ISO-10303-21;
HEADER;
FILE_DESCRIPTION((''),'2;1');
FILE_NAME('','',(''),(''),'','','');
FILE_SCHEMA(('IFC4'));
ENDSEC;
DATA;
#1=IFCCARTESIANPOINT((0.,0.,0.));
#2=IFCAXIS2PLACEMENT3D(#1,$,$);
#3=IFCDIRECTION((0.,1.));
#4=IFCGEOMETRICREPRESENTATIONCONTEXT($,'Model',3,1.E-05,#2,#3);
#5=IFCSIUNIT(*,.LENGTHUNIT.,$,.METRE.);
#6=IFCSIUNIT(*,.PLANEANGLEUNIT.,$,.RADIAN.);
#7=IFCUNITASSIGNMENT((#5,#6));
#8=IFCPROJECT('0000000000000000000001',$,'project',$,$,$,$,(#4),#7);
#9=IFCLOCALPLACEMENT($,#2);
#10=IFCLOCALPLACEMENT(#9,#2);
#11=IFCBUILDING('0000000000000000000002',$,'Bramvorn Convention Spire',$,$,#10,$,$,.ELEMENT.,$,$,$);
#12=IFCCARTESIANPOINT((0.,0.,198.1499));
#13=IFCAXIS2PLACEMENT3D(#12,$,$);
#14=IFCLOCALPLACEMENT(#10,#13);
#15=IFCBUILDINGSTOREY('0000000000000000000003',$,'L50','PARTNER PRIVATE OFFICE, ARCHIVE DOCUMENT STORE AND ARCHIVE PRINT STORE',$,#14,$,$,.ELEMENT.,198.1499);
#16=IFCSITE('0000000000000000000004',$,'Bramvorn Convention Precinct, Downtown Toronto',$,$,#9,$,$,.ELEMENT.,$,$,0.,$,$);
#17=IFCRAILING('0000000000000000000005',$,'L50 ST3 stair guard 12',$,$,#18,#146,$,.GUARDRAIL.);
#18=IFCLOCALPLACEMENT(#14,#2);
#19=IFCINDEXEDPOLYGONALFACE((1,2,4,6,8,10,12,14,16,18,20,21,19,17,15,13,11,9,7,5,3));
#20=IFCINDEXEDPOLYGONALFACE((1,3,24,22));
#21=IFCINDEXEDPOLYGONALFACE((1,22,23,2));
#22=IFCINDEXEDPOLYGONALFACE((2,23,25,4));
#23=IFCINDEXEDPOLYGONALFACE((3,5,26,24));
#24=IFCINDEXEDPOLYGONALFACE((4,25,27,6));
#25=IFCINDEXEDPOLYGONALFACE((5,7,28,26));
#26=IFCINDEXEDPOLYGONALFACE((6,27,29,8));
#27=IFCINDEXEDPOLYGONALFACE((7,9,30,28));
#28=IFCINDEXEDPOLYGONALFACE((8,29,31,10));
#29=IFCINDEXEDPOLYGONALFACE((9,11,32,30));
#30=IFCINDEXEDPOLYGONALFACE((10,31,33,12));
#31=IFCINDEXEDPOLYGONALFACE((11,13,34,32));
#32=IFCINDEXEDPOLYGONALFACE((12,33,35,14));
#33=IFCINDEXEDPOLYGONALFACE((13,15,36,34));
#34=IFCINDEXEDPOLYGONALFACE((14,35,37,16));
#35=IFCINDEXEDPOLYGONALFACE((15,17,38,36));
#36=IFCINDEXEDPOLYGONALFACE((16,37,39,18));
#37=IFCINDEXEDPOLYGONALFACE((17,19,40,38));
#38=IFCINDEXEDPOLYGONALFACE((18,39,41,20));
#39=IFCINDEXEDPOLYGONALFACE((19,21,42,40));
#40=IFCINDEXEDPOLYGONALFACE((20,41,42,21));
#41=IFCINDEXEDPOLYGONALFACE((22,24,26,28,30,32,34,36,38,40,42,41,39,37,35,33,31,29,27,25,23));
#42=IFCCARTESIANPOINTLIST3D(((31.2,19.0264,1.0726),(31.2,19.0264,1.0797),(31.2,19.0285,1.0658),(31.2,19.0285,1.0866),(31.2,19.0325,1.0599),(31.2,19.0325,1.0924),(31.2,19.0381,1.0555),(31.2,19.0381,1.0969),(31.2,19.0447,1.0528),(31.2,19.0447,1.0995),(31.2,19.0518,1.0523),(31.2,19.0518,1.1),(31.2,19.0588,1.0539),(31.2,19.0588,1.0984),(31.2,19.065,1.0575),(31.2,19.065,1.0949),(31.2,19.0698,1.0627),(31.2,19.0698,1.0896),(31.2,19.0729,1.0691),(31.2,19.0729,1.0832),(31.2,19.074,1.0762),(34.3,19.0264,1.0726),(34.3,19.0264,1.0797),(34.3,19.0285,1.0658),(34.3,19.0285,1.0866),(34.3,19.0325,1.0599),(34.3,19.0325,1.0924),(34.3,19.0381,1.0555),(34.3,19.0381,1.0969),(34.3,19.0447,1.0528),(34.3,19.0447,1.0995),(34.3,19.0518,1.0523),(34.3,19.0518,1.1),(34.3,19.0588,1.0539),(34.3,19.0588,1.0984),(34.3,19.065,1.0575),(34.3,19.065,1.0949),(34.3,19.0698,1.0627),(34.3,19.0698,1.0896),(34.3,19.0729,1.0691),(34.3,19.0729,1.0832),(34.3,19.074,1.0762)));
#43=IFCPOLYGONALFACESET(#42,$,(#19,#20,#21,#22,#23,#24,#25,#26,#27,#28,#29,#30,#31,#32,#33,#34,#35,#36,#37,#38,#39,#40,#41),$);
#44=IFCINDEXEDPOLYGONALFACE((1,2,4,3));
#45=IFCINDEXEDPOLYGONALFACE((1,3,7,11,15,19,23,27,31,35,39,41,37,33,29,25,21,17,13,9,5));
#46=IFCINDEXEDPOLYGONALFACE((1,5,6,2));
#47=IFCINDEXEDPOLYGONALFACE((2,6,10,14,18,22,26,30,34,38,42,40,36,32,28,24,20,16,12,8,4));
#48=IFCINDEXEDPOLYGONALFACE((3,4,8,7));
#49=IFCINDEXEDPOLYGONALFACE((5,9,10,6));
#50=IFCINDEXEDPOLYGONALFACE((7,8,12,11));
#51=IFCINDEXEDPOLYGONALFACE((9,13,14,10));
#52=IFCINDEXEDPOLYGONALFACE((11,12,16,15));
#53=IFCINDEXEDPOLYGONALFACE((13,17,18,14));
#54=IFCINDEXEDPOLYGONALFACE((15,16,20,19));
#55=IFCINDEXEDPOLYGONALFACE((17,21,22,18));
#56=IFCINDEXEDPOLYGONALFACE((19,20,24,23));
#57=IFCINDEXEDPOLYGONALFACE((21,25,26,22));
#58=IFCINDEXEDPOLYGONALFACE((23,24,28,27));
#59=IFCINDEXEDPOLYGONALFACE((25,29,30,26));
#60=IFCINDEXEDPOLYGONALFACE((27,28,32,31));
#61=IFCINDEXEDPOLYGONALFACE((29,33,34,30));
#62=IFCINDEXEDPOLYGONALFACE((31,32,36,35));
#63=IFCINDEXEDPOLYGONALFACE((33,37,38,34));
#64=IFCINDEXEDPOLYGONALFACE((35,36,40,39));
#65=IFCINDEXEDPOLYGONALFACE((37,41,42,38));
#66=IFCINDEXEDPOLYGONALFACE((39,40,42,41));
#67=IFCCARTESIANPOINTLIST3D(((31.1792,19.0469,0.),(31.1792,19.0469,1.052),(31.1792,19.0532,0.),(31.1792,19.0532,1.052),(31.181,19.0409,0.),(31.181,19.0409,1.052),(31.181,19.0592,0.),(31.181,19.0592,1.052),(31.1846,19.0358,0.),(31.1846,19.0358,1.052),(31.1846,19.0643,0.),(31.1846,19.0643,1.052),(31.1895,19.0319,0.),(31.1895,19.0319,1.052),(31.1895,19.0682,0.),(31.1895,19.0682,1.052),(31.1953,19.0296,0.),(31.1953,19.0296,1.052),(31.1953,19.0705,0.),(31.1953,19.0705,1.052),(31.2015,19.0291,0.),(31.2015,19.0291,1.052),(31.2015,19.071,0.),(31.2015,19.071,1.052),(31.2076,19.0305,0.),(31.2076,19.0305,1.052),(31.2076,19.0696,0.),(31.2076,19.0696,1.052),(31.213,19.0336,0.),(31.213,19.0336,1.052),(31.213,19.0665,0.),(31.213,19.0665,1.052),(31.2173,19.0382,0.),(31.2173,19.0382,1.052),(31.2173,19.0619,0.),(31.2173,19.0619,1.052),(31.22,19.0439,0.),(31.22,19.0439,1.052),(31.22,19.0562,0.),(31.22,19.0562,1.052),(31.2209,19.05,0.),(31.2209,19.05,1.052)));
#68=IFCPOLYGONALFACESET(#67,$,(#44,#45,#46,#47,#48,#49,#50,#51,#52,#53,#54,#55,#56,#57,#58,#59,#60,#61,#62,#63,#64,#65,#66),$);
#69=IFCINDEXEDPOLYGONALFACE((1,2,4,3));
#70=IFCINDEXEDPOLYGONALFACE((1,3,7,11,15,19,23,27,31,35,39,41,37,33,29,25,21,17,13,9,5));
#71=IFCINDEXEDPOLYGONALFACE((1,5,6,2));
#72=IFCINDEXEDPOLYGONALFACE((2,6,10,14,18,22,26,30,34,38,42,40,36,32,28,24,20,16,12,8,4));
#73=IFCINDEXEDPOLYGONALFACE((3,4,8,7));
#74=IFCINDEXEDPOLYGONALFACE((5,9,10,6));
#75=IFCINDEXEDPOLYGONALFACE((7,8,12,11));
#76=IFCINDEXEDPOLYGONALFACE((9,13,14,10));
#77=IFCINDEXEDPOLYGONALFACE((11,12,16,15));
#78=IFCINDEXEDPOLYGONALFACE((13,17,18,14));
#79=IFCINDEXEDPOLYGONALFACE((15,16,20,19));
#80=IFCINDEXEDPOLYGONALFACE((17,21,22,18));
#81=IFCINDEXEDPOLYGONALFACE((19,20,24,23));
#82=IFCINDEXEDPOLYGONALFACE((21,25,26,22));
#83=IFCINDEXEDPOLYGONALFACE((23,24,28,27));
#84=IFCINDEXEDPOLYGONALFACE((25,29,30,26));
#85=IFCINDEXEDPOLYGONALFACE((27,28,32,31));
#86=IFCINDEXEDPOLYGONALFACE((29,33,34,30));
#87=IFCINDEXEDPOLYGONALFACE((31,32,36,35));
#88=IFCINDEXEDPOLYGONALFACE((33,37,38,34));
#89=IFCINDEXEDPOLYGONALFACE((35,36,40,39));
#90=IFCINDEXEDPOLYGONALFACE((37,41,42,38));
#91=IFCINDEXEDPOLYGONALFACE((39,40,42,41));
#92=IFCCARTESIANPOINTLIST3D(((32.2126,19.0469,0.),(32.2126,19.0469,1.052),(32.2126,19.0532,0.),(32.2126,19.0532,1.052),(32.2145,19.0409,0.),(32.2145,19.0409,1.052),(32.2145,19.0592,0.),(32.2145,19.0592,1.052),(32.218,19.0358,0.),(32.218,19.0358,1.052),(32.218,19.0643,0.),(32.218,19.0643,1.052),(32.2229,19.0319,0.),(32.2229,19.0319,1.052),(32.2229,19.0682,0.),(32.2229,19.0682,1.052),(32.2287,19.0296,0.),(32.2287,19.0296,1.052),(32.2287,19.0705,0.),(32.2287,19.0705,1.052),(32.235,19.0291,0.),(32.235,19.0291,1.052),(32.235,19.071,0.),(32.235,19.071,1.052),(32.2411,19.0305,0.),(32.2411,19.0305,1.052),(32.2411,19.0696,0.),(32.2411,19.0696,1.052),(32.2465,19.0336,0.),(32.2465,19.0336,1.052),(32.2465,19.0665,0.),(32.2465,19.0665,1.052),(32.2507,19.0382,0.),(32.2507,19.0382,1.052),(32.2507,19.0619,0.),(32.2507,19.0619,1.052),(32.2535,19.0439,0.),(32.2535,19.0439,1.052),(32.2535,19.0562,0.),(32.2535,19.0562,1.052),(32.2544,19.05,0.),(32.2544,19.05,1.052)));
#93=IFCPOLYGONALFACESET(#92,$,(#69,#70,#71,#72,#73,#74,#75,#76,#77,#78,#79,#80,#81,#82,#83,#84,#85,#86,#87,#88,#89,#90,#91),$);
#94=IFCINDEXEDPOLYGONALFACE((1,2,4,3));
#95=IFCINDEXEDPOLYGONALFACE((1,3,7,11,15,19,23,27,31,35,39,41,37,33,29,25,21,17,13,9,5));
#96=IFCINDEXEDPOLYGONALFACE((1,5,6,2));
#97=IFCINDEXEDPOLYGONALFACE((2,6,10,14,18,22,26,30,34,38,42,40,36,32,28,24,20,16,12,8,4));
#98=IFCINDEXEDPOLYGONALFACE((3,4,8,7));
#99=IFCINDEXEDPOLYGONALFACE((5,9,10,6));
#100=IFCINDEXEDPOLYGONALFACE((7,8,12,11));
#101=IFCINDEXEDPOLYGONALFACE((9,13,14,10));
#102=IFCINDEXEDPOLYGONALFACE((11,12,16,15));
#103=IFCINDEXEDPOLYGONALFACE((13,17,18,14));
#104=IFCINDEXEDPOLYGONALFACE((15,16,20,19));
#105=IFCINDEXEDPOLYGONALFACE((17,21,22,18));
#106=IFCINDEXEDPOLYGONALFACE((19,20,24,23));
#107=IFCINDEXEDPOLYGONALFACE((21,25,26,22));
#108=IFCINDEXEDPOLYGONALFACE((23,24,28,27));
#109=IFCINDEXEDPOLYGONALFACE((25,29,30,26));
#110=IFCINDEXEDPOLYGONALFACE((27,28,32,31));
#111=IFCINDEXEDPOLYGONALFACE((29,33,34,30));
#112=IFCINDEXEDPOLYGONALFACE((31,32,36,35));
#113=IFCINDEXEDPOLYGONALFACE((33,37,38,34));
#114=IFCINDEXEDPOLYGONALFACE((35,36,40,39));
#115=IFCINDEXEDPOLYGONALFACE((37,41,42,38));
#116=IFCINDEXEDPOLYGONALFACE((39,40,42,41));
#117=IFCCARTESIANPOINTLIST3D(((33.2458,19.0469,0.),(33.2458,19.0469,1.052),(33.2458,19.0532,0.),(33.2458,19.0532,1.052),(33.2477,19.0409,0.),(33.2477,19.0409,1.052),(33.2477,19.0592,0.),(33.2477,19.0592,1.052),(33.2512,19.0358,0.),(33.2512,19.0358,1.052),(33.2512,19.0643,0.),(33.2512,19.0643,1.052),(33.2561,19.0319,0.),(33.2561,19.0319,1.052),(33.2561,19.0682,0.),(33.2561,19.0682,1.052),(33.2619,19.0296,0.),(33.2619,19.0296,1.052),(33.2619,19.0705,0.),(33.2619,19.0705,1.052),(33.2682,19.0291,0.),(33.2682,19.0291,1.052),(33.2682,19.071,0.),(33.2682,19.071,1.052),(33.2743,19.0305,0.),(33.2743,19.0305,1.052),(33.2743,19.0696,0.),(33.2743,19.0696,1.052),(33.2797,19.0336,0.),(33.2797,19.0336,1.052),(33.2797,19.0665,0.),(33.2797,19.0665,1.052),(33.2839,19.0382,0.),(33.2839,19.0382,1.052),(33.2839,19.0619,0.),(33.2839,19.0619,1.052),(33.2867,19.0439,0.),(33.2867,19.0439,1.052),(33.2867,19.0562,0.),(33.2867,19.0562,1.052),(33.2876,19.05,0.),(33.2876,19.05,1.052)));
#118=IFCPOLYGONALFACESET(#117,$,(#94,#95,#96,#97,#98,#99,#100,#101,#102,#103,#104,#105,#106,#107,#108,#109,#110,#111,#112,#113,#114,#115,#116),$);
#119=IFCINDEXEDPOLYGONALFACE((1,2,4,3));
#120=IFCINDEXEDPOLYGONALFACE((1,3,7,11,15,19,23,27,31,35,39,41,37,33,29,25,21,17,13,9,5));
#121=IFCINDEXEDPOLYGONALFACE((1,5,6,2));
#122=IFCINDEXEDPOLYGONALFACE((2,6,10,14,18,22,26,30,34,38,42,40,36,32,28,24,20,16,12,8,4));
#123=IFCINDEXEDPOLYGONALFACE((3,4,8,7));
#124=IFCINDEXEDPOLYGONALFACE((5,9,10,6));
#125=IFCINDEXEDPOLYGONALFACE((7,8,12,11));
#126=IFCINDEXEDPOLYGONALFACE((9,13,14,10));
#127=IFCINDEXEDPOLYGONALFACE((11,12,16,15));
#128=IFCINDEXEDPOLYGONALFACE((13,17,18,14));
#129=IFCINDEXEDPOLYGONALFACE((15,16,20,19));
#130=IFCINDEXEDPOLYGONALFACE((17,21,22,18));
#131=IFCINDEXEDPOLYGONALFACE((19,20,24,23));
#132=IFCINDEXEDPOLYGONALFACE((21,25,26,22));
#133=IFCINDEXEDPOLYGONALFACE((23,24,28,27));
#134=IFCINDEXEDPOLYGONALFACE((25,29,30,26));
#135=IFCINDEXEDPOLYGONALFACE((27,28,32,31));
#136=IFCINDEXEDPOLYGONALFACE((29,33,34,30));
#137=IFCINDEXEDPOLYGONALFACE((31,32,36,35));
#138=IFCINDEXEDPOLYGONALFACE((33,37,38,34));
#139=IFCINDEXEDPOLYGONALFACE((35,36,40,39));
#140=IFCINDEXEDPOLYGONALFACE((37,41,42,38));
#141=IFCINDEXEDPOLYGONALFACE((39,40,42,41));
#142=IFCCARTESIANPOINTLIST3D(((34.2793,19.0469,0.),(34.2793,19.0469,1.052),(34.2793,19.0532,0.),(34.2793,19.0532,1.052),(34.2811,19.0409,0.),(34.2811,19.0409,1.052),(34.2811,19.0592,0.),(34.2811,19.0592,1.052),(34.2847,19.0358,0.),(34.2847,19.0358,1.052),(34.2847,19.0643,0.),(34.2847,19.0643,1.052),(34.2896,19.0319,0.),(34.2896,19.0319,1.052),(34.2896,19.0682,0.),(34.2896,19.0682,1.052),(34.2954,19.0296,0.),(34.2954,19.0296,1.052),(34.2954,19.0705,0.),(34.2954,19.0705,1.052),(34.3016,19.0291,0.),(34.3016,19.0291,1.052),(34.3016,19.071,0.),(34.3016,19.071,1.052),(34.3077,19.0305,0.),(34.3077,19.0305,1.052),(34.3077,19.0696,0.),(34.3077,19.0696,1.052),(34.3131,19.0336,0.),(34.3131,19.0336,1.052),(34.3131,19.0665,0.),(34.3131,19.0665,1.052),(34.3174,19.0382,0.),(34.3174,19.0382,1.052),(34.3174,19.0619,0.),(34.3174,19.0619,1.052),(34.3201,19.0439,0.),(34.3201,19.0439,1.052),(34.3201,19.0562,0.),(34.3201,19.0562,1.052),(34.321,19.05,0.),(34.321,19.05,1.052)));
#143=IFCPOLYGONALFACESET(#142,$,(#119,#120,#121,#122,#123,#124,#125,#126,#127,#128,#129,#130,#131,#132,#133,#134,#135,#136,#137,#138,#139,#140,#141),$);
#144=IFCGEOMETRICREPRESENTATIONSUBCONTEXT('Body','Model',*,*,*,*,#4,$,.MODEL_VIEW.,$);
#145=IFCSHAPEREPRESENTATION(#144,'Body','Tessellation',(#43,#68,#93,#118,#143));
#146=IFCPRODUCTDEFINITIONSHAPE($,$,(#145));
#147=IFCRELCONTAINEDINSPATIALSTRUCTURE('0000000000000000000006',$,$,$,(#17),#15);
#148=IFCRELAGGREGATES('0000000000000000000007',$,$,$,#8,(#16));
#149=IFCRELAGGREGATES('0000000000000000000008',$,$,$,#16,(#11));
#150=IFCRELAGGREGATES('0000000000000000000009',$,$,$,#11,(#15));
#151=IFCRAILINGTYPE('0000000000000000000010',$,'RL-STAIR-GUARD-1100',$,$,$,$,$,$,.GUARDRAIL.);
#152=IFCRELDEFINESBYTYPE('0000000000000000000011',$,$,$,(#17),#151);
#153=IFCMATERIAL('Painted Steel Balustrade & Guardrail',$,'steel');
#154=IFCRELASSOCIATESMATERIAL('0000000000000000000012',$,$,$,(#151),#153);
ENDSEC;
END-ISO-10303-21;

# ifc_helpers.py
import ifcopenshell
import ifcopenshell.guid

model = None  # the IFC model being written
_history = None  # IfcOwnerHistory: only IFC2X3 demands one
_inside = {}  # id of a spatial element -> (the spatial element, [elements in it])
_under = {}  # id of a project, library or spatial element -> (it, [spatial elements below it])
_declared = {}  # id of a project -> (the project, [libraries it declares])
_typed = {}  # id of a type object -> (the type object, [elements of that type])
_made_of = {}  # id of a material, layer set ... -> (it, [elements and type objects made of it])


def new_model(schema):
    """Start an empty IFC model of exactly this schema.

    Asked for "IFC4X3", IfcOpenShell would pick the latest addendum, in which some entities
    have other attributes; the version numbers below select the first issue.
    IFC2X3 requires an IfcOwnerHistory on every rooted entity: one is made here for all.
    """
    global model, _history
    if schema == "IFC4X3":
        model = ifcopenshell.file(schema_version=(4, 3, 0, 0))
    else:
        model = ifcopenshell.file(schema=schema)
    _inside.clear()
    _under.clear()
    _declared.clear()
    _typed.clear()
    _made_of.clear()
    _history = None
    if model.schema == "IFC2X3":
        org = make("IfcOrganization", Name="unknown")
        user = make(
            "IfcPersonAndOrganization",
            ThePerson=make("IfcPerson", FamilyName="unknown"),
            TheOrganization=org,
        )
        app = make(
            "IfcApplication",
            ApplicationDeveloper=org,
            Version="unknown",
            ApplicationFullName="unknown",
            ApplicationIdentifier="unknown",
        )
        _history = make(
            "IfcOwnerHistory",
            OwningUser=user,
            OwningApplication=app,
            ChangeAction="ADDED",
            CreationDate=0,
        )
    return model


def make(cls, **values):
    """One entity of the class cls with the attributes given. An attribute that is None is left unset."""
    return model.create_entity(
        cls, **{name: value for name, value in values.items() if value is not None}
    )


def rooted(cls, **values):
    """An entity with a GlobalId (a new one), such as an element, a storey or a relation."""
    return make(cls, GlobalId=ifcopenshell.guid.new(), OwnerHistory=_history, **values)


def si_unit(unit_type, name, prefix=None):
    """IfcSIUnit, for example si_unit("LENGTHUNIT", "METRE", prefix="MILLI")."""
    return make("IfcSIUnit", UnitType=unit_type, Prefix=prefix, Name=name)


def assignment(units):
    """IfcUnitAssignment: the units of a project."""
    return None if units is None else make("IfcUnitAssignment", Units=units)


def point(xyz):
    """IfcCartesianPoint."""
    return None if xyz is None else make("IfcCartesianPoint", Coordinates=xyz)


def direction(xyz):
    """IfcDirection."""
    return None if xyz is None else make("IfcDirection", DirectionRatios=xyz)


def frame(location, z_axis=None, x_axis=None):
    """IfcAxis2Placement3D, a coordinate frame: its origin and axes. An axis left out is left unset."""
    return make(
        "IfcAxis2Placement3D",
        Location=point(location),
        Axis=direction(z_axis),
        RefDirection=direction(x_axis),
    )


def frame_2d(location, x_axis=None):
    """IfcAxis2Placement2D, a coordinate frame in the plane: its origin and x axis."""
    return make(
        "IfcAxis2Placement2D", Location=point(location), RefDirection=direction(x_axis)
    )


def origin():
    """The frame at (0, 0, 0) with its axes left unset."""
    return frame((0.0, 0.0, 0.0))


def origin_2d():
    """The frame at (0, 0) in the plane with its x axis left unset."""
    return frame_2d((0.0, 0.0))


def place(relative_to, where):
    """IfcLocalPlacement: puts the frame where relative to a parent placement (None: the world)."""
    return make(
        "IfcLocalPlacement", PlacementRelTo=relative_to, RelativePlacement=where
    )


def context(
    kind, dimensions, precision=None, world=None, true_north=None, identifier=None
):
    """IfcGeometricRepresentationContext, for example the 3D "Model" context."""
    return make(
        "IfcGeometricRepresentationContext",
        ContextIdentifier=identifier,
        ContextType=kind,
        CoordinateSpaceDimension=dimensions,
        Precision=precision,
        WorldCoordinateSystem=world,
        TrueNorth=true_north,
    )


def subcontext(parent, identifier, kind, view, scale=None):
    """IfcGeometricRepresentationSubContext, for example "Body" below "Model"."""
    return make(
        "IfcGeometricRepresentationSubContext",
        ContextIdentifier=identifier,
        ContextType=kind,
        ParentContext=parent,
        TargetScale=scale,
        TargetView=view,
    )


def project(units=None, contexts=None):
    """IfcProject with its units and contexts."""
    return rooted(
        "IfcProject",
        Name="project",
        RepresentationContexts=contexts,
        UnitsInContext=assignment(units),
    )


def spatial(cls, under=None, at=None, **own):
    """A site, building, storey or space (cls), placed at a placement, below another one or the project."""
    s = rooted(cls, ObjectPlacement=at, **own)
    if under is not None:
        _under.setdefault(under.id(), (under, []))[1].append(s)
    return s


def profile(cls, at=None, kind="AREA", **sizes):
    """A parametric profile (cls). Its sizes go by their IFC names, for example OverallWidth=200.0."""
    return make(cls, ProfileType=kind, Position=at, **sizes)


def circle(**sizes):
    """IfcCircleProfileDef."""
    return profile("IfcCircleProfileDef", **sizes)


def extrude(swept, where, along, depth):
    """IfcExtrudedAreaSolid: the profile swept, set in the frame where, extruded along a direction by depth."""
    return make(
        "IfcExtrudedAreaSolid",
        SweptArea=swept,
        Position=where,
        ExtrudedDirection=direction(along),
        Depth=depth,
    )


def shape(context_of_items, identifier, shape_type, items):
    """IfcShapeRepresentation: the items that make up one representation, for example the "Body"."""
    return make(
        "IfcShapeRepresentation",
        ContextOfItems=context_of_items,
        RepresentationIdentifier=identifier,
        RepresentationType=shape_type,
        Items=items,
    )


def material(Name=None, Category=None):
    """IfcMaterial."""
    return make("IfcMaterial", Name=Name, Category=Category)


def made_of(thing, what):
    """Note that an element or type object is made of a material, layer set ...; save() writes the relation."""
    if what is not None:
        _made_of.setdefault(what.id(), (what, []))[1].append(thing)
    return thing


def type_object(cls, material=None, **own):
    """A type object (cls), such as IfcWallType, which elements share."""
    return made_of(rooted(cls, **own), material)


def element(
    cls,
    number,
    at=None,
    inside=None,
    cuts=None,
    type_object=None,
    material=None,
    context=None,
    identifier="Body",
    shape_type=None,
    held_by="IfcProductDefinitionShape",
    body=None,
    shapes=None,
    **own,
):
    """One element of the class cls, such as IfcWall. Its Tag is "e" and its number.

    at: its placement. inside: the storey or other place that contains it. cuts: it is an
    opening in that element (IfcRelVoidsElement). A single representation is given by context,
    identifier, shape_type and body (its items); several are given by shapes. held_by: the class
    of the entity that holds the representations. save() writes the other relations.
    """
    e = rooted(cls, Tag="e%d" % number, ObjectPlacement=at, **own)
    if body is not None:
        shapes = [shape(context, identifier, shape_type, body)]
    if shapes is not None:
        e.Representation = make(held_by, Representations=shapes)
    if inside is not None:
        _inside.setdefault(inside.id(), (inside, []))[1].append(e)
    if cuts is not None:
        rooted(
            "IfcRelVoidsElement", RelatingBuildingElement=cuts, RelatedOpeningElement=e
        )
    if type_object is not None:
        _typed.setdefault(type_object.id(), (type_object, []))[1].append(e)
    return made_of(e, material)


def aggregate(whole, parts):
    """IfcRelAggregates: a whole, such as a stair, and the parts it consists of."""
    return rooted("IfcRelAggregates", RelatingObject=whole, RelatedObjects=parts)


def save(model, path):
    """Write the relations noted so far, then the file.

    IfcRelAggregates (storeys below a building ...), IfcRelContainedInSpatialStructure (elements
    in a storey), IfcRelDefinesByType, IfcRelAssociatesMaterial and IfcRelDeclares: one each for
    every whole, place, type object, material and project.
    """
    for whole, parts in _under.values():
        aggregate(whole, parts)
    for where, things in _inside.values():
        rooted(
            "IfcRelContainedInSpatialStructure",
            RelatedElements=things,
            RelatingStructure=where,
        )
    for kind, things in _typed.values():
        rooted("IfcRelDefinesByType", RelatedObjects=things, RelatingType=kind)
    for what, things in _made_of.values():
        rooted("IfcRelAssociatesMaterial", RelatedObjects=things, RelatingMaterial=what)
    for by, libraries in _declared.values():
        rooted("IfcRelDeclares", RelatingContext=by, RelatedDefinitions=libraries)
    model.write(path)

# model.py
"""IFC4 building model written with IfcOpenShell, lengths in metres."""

from ifc_helpers import new_model, si_unit, direction, frame, origin, origin_2d, place, context, subcontext, project, spatial, circle, extrude, material, type_object, element, save


model = new_model("IFC4")

# Units and contexts
model_context = context("Model", 3, precision=1e-05, world=origin(), true_north=direction((0.0, 1.0)))
body_context = subcontext(model_context, "Body", "Model", "MODEL_VIEW")
ifc_project = project(units=[si_unit("LENGTHUNIT", "METRE"), si_unit("PLANEANGLEUNIT", "RADIAN")], contexts=[model_context])

# Site, building, storey
site_placement = place(None, origin())
site = spatial("IfcSite", under=ifc_project, at=site_placement, Name="Bramvorn Convention Precinct, Downtown Toronto", CompositionType="ELEMENT", RefElevation=0.0)
building_placement = place(site_placement, origin())
building = spatial("IfcBuilding", under=site, at=building_placement, Name="Bramvorn Convention Spire", CompositionType="ELEMENT")
storey_placement = place(building_placement, frame((0.0, 0.0, 198.1499)))
storey = spatial("IfcBuildingStorey", under=building, at=storey_placement, Name="L50", Description="PARTNER PRIVATE OFFICE, ARCHIVE DOCUMENT STORE AND ARCHIVE PRINT STORE", CompositionType="ELEMENT", Elevation=198.1499)

# Railing
ifc_material_1 = material(Name="Painted Steel Balustrade & Guardrail", Category="steel")
railing_type_1 = type_object("IfcRailingType", Name="RL-STAIR-GUARD-1100", PredefinedType="GUARDRAIL", material=ifc_material_1)
railing_1_placement = place(storey_placement, frame((31.2, 19.05, 0.0)))
element("IfcRailing", 1, at=railing_1_placement, inside=storey, type_object=railing_type_1, Name="L50 ST3 stair guard 12", PredefinedType="GUARDRAIL", context=body_context, shape_type="SweptSolid", body=[
    extrude(circle(Radius=0.0239, at=origin_2d()), frame((0.0, 0.0, 1.0762), z_axis=(1.0, 0.0, 0.0), x_axis=(0.0, 1.0, 0.0)), (0.0, 0.0, 1.0), 3.1001),
    extrude(circle(Radius=0.021, at=origin_2d()), origin(), (0.0, 0.0, 1.0), 1.052),
    extrude(circle(Radius=0.021, at=origin_2d()), frame((1.0334, 0.0, 0.0)), (0.0, 0.0, 1.0), 1.052),
    extrude(circle(Radius=0.021, at=origin_2d()), frame((2.0667, 0.0, 0.0)), (0.0, 0.0, 1.0), 1.052),
    extrude(circle(Radius=0.021, at=origin_2d()), frame((3.1001, 0.0, 0.0)), (0.0, 0.0, 1.0), 1.052),
])

save(model, "model.ifc")
